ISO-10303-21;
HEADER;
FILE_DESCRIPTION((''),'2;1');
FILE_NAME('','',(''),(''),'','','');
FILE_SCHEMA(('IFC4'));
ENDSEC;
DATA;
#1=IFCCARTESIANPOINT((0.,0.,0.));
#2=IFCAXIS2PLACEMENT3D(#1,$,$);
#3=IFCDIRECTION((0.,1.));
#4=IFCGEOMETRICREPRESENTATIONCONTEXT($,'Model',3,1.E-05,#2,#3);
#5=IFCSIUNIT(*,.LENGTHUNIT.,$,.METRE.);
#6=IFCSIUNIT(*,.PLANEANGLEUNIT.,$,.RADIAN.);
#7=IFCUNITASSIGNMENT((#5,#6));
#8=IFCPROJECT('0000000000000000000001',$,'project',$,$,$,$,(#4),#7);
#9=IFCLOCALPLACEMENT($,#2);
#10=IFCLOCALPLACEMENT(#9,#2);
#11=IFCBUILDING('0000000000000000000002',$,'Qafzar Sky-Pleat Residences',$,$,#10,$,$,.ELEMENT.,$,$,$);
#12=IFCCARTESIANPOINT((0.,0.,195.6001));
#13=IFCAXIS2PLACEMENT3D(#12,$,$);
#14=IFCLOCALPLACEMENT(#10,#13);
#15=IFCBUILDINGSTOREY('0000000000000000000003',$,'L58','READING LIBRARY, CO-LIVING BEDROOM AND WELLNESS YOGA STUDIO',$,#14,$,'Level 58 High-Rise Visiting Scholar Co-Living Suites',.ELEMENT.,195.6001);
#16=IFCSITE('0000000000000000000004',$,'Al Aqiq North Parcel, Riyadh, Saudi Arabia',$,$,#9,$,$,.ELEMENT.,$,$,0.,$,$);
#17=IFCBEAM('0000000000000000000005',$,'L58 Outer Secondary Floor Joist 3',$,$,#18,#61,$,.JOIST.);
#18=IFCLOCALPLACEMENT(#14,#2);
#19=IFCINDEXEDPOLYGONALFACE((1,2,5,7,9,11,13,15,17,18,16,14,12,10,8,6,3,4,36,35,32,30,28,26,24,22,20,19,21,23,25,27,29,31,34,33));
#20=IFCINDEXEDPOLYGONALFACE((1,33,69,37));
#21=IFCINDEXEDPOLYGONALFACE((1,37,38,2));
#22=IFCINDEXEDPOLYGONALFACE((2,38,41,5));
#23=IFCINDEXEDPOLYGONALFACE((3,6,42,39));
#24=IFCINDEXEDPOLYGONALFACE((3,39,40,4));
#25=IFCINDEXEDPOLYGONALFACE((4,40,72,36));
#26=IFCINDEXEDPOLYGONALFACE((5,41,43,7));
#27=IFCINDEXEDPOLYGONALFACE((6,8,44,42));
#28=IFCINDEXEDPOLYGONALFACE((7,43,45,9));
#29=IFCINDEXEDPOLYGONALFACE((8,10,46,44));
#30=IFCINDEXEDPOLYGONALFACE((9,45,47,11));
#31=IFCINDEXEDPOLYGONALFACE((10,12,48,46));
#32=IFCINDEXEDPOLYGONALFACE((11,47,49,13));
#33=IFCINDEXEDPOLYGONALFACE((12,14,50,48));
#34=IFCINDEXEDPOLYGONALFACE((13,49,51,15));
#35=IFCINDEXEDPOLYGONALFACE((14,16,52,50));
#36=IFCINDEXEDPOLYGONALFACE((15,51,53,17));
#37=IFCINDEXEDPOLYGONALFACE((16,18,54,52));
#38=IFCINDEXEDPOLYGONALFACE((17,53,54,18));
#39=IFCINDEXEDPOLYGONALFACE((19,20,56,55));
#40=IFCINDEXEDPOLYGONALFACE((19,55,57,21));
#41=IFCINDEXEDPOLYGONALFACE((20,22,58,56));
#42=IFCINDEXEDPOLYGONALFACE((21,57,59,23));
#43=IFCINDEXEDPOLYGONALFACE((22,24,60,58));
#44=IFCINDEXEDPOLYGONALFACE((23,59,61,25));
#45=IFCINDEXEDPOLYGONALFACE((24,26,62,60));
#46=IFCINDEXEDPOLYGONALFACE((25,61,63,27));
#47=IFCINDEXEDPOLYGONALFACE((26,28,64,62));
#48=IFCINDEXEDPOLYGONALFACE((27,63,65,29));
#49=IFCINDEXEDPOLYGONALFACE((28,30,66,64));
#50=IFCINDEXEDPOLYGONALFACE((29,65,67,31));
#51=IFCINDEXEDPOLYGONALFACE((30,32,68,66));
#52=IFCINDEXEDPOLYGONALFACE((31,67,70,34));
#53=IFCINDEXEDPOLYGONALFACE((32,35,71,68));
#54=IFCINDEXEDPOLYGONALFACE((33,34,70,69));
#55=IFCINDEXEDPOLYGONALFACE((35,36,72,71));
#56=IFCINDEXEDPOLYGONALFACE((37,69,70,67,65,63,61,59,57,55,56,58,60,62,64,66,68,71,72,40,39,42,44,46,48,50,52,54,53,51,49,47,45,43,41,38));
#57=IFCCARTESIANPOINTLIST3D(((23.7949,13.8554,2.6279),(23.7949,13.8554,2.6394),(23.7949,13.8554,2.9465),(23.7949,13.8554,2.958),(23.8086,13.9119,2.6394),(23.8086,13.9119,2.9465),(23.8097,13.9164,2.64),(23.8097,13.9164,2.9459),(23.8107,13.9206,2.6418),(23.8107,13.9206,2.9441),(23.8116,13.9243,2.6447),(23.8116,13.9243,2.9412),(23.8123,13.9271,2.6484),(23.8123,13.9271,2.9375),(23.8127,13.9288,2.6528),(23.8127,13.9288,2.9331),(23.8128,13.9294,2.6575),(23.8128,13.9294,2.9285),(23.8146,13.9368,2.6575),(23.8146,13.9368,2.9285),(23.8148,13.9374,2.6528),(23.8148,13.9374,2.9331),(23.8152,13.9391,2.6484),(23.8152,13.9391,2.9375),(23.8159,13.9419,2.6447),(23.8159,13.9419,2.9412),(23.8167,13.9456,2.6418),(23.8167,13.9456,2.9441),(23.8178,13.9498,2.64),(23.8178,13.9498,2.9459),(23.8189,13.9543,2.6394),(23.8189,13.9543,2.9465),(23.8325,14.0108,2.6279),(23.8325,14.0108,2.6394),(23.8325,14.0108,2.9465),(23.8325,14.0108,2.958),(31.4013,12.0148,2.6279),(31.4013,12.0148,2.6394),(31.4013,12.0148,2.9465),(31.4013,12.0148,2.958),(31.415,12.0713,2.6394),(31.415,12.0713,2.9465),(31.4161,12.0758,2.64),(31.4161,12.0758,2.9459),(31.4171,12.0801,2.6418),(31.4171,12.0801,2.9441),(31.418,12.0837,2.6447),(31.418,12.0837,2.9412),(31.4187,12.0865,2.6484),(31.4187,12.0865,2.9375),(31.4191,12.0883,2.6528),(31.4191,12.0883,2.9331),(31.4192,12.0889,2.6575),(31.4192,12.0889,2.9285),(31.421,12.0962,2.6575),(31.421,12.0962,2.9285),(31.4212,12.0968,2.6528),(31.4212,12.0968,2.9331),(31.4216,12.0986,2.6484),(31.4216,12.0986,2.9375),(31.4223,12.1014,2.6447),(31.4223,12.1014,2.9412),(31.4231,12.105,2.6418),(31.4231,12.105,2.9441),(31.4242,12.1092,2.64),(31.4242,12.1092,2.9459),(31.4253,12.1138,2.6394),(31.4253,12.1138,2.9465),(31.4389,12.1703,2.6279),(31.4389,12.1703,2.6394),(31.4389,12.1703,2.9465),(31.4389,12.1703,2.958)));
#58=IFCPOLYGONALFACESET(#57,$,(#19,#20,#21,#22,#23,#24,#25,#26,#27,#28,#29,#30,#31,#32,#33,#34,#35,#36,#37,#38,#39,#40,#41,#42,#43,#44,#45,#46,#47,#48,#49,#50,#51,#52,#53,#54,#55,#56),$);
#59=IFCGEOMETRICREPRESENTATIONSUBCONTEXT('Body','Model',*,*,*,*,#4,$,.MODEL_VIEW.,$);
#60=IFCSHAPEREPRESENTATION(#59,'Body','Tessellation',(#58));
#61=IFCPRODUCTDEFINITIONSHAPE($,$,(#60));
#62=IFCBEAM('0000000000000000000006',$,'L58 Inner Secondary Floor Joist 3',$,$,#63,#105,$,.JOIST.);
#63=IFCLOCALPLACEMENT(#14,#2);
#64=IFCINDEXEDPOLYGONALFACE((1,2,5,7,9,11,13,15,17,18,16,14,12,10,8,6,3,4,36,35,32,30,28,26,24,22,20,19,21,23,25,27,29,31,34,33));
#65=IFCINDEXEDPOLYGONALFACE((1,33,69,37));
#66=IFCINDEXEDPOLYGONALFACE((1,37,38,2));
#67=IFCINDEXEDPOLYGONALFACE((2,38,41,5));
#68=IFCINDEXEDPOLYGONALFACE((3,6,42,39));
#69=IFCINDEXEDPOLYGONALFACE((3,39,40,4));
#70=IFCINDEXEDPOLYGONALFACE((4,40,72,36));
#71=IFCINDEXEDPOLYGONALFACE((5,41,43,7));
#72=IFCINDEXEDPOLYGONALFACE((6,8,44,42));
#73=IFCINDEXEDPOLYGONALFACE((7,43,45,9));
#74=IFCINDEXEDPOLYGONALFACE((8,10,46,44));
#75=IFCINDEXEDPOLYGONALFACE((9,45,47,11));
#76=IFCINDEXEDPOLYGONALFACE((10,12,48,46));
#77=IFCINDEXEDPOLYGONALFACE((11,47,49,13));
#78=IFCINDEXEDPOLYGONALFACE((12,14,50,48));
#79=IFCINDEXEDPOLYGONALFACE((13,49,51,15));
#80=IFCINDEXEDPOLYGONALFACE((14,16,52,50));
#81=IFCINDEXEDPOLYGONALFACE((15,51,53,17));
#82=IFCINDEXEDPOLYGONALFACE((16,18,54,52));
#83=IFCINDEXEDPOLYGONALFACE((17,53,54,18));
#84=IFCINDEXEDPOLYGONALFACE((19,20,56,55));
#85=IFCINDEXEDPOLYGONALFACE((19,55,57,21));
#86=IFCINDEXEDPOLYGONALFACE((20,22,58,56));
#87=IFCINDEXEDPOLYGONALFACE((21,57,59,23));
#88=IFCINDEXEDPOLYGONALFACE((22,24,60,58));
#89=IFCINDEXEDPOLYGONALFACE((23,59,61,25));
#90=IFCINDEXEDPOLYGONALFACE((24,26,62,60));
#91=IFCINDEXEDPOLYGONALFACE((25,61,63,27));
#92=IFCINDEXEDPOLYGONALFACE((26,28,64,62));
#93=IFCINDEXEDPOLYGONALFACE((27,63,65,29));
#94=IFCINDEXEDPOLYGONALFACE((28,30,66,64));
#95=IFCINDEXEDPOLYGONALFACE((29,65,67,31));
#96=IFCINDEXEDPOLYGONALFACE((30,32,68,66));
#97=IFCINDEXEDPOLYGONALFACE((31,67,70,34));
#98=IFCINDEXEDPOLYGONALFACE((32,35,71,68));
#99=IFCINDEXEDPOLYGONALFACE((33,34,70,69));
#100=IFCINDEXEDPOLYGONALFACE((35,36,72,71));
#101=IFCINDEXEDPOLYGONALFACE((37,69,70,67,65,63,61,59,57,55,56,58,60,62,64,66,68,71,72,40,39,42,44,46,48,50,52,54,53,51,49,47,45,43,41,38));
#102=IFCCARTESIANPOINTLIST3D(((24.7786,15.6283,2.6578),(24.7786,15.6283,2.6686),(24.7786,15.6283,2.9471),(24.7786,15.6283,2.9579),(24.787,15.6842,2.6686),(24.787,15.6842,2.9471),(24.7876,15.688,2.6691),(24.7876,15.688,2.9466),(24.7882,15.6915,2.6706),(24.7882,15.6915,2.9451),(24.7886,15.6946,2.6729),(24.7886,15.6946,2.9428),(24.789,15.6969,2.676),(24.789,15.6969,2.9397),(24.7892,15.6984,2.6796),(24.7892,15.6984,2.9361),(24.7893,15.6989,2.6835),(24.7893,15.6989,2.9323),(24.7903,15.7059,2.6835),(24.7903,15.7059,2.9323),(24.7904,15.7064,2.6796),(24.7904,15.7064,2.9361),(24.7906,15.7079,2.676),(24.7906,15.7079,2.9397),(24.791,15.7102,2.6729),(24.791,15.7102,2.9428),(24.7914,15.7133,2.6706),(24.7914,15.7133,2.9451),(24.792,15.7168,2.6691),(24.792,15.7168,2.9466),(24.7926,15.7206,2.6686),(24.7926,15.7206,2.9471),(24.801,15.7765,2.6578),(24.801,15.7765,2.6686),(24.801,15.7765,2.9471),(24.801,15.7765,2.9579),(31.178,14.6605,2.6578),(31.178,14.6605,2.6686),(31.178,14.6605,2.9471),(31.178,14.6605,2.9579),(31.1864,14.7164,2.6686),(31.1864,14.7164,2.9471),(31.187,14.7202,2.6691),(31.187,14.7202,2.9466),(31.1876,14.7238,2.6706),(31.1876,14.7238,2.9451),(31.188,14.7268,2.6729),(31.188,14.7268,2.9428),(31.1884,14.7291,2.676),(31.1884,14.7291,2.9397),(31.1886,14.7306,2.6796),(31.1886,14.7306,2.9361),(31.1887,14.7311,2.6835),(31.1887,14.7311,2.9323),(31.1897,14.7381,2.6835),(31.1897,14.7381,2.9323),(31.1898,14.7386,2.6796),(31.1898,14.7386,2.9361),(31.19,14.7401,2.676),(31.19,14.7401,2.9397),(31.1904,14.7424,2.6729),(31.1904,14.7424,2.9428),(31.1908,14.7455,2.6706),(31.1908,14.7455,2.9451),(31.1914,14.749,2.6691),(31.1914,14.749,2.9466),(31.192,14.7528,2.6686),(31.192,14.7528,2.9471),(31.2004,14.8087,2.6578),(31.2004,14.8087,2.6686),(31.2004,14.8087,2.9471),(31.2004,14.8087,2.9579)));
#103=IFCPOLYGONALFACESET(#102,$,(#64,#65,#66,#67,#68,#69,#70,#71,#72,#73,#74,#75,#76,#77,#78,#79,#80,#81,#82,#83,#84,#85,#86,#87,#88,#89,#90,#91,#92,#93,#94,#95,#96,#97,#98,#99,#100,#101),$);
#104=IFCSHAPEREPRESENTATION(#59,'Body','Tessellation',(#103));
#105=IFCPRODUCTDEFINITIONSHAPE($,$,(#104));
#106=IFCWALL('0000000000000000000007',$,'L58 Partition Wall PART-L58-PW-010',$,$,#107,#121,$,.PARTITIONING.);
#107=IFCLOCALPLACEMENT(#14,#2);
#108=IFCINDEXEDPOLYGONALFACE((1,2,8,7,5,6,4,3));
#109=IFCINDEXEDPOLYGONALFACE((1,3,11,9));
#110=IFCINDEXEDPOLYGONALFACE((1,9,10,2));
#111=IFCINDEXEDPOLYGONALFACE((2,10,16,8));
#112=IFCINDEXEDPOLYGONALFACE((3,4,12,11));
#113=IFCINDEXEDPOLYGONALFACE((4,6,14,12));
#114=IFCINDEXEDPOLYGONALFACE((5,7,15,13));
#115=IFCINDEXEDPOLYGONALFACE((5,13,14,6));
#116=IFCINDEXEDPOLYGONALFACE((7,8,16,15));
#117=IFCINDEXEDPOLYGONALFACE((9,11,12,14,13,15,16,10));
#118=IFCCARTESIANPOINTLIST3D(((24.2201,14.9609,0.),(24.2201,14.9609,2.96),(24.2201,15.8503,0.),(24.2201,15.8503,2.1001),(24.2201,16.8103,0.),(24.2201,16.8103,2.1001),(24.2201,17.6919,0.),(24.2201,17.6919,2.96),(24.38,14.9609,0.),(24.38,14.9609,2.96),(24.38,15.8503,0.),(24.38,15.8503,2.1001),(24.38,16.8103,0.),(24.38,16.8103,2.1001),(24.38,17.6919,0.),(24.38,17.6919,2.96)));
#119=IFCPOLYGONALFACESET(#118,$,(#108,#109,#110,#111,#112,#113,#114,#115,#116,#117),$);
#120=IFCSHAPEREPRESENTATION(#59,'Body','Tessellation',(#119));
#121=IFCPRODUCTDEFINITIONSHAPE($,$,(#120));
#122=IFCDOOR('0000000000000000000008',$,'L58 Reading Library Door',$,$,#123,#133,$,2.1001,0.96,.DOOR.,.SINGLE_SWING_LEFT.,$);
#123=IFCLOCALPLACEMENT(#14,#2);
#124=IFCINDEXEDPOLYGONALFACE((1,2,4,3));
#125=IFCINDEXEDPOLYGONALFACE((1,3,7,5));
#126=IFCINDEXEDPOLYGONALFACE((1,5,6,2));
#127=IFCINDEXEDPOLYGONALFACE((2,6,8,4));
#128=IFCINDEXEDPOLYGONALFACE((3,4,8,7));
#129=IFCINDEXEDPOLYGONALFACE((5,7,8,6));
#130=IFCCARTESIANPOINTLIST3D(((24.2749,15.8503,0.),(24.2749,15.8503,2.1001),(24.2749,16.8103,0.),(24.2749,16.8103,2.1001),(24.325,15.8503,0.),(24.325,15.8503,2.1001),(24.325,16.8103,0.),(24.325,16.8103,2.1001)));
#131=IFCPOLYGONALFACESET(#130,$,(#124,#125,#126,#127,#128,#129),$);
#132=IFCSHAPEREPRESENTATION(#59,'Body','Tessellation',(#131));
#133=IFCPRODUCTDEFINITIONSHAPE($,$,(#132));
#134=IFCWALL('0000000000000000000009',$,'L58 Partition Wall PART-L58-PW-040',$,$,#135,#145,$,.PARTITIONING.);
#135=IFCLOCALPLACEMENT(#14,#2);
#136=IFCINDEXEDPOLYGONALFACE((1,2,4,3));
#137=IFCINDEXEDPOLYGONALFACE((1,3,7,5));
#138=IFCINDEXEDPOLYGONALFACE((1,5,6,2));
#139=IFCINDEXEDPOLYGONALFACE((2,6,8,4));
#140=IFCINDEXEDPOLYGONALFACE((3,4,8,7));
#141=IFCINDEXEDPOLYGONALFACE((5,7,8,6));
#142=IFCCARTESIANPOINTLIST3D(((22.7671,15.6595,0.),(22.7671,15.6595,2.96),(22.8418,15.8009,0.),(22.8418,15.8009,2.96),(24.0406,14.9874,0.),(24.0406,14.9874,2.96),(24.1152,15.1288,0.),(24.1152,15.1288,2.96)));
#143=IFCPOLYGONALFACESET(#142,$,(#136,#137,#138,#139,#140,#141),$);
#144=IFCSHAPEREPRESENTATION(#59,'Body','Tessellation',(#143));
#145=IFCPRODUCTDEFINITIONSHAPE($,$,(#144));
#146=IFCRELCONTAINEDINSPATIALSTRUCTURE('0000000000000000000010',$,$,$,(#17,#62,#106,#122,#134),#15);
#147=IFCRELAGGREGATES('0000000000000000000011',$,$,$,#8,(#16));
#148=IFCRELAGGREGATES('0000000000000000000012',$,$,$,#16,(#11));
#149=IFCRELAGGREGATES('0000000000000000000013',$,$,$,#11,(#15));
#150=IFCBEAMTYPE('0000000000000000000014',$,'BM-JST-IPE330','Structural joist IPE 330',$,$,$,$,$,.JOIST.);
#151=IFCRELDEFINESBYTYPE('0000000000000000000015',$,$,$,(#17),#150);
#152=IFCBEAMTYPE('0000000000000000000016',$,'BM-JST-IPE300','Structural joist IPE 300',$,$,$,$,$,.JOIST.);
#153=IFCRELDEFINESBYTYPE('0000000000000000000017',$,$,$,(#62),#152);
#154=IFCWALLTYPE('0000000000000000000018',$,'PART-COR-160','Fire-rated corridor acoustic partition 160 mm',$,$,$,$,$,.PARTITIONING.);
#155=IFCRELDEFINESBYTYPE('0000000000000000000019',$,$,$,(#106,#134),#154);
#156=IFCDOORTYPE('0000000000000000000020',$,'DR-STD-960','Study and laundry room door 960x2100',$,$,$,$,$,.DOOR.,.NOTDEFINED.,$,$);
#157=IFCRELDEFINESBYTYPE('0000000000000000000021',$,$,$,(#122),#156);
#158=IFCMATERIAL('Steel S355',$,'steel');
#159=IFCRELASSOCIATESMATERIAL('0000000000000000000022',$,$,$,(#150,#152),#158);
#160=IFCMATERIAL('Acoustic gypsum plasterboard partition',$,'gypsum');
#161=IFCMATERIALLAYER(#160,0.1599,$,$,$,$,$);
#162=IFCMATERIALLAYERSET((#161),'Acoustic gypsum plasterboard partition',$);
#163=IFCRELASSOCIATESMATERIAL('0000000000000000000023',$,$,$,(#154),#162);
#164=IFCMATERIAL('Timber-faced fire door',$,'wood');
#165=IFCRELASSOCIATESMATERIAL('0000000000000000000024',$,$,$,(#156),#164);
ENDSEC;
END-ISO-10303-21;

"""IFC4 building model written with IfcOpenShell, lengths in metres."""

from ifc_helpers import new_model, si_unit, direction, frame, frame_2d, origin, origin_2d, place, context, subcontext, project, spatial, rectangle, i_section, extrude, source, transform, mapped, material, layer, layer_set, material_profile, profile_set, type_object, element, fill, save


model = new_model("IFC4")

# Units and contexts
model_context = context("Model", 3, precision=1e-05, world=origin(), true_north=direction((0.0, 1.0)))
body_context = subcontext(model_context, "Body", "Model", "MODEL_VIEW")
ifc_project = project(units=[si_unit("LENGTHUNIT", "METRE"), si_unit("PLANEANGLEUNIT", "RADIAN")], contexts=[model_context])

# Site, building, storey
site_placement = place(None, origin())
site = spatial("IfcSite", under=ifc_project, at=site_placement, Name="Al Aqiq North Parcel, Riyadh, Saudi Arabia", CompositionType="ELEMENT", RefElevation=0.0)
building_placement = place(site_placement, origin())
building = spatial("IfcBuilding", under=site, at=building_placement, Name="Qafzar Sky-Pleat Residences", CompositionType="ELEMENT")
storey_placement = place(building_placement, frame((0.0, 0.0, 195.6001)))
storey = spatial("IfcBuildingStorey", under=building, at=storey_placement, Name="L58", Description="READING LIBRARY, CO-LIVING BEDROOM AND WELLNESS YOGA STUDIO", LongName="Level 58 High-Rise Visiting Scholar Co-Living Suites", CompositionType="ELEMENT", Elevation=195.6001)

# Beams
ifc_material_1 = material(Name="Steel S355", Category="steel")
ifc_material_profile_1 = material_profile(ifc_material_1, i_section(OverallWidth=0.1599, OverallDepth=0.3301, WebThickness=0.0076, FlangeThickness=0.0115, FilletRadius=0.0181, at=origin_2d()), Name="IPE 330")
ifc_profile_set_1 = profile_set([ifc_material_profile_1], Name="Steel S355")
beam_type_1 = type_object("IfcBeamType", Name="BM-JST-IPE330", Description="Structural joist IPE 330", PredefinedType="JOIST", material=ifc_profile_set_1)
shared_shape_1 = source(origin(), body_context, "Body", "SweptSolid", [
    extrude(i_section(OverallWidth=0.1599, OverallDepth=0.3301, WebThickness=0.0076, FlangeThickness=0.0115, FilletRadius=0.0181, at=origin_2d()), origin(), (0.0, 0.0, 1.0), 7.8259),
])
beam_1_placement = place(storey_placement, frame((23.8137, 13.9331, 2.793), z_axis=(0.97195, -0.235188, 0.0), x_axis=(0.235188, 0.97195, 0.0)))
element("IfcBeam", 1, at=beam_1_placement, inside=storey, type_object=beam_type_1, Name="L58 Outer Secondary Floor Joist 3", PredefinedType="JOIST", context=body_context, shape_type="MappedRepresentation", body=[
    mapped(shared_shape_1, transform((0.0, 0.0, 0.0), x_axis=(1.0, 0.0, 0.0), y_axis=(0.0, 1.0, 0.0), z_axis=(0.0, 0.0, 1.0), scale=1.0)),
])
ifc_material_profile_2 = material_profile(ifc_material_1, i_section(OverallWidth=0.1499, OverallDepth=0.3, WebThickness=0.0071, FlangeThickness=0.0107, FilletRadius=0.0149, at=origin_2d()), Name="IPE 300")
ifc_profile_set_2 = profile_set([ifc_material_profile_2], Name="Steel S355")
beam_type_2 = type_object("IfcBeamType", Name="BM-JST-IPE300", Description="Structural joist IPE 300", PredefinedType="JOIST", material=ifc_profile_set_2)
shared_shape_2 = source(origin(), body_context, "Body", "SweptSolid", [
    extrude(i_section(OverallWidth=0.1499, OverallDepth=0.3, WebThickness=0.0071, FlangeThickness=0.0107, FilletRadius=0.0149, at=origin_2d()), origin(), (0.0, 0.0, 1.0), 6.4722),
])
beam_2_placement = place(storey_placement, frame((24.7898, 15.7024, 2.8079), z_axis=(0.988757, -0.149528, 0.0), x_axis=(0.149528, 0.988757, 0.0)))
element("IfcBeam", 2, at=beam_2_placement, inside=storey, type_object=beam_type_2, Name="L58 Inner Secondary Floor Joist 3", PredefinedType="JOIST", context=body_context, shape_type="MappedRepresentation", body=[
    mapped(shared_shape_2, transform((0.0, 0.0, 0.0), x_axis=(1.0, 0.0, 0.0), y_axis=(0.0, 1.0, 0.0), z_axis=(0.0, 0.0, 1.0), scale=1.0)),
])

# Wall, opening, door
ifc_material_2 = material(Name="Acoustic gypsum plasterboard partition", Category="gypsum")
ifc_layer_1 = layer(ifc_material_2, 0.1599)
ifc_layer_set_1 = layer_set([ifc_layer_1], Name="Acoustic gypsum plasterboard partition")
wall_type_1 = type_object("IfcWallType", Name="PART-COR-160", Description="Fire-rated corridor acoustic partition 160 mm", PredefinedType="PARTITIONING", material=ifc_layer_set_1)
wall_1_placement = place(storey_placement, frame((24.3, 17.6919, 0.0), z_axis=(0.0, 0.0, 1.0), x_axis=(0.0, -1.0, 0.0)))
wall_1 = element("IfcWall", 3, at=wall_1_placement, inside=storey, type_object=wall_type_1, Name="L58 Partition Wall PART-L58-PW-010", PredefinedType="PARTITIONING", context=body_context, shape_type="SweptSolid", body=[
    extrude(rectangle(XDim=2.731, YDim=0.1599, at=frame_2d((1.3655, 0.0))), origin(), (0.0, 0.0, 1.0), 2.96),
])
opening_1_placement = place(wall_1_placement, frame((0.8816, 0.0, 0.0)))
opening_1 = element("IfcOpeningElement", 4, at=opening_1_placement, cuts=wall_1, PredefinedType="OPENING", context=body_context, shape_type="SweptSolid", body=[
    extrude(rectangle(XDim=0.96, YDim=2.1001, at=frame_2d((0.48, 1.05))), frame((0.0, 0.0898, 0.0), z_axis=(0.0, -1.0, 0.0), x_axis=(1.0, 0.0, 0.0)), (0.0, 0.0, 1.0), 0.1799),
])
ifc_material_3 = material(Name="Timber-faced fire door", Category="wood")
door_type_1 = type_object("IfcDoorType", Name="DR-STD-960", Description="Study and laundry room door 960x2100", OperationType="NOTDEFINED", PredefinedType="DOOR", material=ifc_material_3)
shared_shape_3 = source(origin(), body_context, "Body", "SweptSolid", [
    extrude(rectangle(XDim=0.96, YDim=2.1001, at=frame_2d((0.48, 1.05))), frame((0.0, 0.0249, 0.0), z_axis=(0.0, -1.0, 0.0), x_axis=(1.0, 0.0, 0.0)), (0.0, 0.0, 1.0), 0.05),
])
door_1_placement = place(opening_1_placement, origin())
door_1 = element("IfcDoor", 5, at=door_1_placement, inside=storey, type_object=door_type_1, Name="L58 Reading Library Door", OperationType="SINGLE_SWING_LEFT", OverallHeight=2.1001, OverallWidth=0.96, PredefinedType="DOOR", context=body_context, shape_type="MappedRepresentation", body=[
    mapped(shared_shape_3, transform((0.0, 0.0, 0.0), x_axis=(1.0, 0.0, 0.0), y_axis=(0.0, 1.0, 0.0), z_axis=(0.0, 0.0, 1.0), scale=1.0)),
])
fill(opening_1, door_1)

# Wall
wall_2_placement = place(storey_placement, frame((22.8044, 15.7302, 0.0), z_axis=(0.0, 0.0, 1.0), x_axis=(0.884377, -0.466773, 0.0)))
element("IfcWall", 6, at=wall_2_placement, inside=storey, type_object=wall_type_1, Name="L58 Partition Wall PART-L58-PW-040", PredefinedType="PARTITIONING", context=body_context, shape_type="SweptSolid", body=[
    extrude(rectangle(XDim=1.4399, YDim=0.1599, at=frame_2d((0.72, 0.0))), origin(), (0.0, 0.0, 1.0), 2.96),
])

save(model, "model.ifc")
